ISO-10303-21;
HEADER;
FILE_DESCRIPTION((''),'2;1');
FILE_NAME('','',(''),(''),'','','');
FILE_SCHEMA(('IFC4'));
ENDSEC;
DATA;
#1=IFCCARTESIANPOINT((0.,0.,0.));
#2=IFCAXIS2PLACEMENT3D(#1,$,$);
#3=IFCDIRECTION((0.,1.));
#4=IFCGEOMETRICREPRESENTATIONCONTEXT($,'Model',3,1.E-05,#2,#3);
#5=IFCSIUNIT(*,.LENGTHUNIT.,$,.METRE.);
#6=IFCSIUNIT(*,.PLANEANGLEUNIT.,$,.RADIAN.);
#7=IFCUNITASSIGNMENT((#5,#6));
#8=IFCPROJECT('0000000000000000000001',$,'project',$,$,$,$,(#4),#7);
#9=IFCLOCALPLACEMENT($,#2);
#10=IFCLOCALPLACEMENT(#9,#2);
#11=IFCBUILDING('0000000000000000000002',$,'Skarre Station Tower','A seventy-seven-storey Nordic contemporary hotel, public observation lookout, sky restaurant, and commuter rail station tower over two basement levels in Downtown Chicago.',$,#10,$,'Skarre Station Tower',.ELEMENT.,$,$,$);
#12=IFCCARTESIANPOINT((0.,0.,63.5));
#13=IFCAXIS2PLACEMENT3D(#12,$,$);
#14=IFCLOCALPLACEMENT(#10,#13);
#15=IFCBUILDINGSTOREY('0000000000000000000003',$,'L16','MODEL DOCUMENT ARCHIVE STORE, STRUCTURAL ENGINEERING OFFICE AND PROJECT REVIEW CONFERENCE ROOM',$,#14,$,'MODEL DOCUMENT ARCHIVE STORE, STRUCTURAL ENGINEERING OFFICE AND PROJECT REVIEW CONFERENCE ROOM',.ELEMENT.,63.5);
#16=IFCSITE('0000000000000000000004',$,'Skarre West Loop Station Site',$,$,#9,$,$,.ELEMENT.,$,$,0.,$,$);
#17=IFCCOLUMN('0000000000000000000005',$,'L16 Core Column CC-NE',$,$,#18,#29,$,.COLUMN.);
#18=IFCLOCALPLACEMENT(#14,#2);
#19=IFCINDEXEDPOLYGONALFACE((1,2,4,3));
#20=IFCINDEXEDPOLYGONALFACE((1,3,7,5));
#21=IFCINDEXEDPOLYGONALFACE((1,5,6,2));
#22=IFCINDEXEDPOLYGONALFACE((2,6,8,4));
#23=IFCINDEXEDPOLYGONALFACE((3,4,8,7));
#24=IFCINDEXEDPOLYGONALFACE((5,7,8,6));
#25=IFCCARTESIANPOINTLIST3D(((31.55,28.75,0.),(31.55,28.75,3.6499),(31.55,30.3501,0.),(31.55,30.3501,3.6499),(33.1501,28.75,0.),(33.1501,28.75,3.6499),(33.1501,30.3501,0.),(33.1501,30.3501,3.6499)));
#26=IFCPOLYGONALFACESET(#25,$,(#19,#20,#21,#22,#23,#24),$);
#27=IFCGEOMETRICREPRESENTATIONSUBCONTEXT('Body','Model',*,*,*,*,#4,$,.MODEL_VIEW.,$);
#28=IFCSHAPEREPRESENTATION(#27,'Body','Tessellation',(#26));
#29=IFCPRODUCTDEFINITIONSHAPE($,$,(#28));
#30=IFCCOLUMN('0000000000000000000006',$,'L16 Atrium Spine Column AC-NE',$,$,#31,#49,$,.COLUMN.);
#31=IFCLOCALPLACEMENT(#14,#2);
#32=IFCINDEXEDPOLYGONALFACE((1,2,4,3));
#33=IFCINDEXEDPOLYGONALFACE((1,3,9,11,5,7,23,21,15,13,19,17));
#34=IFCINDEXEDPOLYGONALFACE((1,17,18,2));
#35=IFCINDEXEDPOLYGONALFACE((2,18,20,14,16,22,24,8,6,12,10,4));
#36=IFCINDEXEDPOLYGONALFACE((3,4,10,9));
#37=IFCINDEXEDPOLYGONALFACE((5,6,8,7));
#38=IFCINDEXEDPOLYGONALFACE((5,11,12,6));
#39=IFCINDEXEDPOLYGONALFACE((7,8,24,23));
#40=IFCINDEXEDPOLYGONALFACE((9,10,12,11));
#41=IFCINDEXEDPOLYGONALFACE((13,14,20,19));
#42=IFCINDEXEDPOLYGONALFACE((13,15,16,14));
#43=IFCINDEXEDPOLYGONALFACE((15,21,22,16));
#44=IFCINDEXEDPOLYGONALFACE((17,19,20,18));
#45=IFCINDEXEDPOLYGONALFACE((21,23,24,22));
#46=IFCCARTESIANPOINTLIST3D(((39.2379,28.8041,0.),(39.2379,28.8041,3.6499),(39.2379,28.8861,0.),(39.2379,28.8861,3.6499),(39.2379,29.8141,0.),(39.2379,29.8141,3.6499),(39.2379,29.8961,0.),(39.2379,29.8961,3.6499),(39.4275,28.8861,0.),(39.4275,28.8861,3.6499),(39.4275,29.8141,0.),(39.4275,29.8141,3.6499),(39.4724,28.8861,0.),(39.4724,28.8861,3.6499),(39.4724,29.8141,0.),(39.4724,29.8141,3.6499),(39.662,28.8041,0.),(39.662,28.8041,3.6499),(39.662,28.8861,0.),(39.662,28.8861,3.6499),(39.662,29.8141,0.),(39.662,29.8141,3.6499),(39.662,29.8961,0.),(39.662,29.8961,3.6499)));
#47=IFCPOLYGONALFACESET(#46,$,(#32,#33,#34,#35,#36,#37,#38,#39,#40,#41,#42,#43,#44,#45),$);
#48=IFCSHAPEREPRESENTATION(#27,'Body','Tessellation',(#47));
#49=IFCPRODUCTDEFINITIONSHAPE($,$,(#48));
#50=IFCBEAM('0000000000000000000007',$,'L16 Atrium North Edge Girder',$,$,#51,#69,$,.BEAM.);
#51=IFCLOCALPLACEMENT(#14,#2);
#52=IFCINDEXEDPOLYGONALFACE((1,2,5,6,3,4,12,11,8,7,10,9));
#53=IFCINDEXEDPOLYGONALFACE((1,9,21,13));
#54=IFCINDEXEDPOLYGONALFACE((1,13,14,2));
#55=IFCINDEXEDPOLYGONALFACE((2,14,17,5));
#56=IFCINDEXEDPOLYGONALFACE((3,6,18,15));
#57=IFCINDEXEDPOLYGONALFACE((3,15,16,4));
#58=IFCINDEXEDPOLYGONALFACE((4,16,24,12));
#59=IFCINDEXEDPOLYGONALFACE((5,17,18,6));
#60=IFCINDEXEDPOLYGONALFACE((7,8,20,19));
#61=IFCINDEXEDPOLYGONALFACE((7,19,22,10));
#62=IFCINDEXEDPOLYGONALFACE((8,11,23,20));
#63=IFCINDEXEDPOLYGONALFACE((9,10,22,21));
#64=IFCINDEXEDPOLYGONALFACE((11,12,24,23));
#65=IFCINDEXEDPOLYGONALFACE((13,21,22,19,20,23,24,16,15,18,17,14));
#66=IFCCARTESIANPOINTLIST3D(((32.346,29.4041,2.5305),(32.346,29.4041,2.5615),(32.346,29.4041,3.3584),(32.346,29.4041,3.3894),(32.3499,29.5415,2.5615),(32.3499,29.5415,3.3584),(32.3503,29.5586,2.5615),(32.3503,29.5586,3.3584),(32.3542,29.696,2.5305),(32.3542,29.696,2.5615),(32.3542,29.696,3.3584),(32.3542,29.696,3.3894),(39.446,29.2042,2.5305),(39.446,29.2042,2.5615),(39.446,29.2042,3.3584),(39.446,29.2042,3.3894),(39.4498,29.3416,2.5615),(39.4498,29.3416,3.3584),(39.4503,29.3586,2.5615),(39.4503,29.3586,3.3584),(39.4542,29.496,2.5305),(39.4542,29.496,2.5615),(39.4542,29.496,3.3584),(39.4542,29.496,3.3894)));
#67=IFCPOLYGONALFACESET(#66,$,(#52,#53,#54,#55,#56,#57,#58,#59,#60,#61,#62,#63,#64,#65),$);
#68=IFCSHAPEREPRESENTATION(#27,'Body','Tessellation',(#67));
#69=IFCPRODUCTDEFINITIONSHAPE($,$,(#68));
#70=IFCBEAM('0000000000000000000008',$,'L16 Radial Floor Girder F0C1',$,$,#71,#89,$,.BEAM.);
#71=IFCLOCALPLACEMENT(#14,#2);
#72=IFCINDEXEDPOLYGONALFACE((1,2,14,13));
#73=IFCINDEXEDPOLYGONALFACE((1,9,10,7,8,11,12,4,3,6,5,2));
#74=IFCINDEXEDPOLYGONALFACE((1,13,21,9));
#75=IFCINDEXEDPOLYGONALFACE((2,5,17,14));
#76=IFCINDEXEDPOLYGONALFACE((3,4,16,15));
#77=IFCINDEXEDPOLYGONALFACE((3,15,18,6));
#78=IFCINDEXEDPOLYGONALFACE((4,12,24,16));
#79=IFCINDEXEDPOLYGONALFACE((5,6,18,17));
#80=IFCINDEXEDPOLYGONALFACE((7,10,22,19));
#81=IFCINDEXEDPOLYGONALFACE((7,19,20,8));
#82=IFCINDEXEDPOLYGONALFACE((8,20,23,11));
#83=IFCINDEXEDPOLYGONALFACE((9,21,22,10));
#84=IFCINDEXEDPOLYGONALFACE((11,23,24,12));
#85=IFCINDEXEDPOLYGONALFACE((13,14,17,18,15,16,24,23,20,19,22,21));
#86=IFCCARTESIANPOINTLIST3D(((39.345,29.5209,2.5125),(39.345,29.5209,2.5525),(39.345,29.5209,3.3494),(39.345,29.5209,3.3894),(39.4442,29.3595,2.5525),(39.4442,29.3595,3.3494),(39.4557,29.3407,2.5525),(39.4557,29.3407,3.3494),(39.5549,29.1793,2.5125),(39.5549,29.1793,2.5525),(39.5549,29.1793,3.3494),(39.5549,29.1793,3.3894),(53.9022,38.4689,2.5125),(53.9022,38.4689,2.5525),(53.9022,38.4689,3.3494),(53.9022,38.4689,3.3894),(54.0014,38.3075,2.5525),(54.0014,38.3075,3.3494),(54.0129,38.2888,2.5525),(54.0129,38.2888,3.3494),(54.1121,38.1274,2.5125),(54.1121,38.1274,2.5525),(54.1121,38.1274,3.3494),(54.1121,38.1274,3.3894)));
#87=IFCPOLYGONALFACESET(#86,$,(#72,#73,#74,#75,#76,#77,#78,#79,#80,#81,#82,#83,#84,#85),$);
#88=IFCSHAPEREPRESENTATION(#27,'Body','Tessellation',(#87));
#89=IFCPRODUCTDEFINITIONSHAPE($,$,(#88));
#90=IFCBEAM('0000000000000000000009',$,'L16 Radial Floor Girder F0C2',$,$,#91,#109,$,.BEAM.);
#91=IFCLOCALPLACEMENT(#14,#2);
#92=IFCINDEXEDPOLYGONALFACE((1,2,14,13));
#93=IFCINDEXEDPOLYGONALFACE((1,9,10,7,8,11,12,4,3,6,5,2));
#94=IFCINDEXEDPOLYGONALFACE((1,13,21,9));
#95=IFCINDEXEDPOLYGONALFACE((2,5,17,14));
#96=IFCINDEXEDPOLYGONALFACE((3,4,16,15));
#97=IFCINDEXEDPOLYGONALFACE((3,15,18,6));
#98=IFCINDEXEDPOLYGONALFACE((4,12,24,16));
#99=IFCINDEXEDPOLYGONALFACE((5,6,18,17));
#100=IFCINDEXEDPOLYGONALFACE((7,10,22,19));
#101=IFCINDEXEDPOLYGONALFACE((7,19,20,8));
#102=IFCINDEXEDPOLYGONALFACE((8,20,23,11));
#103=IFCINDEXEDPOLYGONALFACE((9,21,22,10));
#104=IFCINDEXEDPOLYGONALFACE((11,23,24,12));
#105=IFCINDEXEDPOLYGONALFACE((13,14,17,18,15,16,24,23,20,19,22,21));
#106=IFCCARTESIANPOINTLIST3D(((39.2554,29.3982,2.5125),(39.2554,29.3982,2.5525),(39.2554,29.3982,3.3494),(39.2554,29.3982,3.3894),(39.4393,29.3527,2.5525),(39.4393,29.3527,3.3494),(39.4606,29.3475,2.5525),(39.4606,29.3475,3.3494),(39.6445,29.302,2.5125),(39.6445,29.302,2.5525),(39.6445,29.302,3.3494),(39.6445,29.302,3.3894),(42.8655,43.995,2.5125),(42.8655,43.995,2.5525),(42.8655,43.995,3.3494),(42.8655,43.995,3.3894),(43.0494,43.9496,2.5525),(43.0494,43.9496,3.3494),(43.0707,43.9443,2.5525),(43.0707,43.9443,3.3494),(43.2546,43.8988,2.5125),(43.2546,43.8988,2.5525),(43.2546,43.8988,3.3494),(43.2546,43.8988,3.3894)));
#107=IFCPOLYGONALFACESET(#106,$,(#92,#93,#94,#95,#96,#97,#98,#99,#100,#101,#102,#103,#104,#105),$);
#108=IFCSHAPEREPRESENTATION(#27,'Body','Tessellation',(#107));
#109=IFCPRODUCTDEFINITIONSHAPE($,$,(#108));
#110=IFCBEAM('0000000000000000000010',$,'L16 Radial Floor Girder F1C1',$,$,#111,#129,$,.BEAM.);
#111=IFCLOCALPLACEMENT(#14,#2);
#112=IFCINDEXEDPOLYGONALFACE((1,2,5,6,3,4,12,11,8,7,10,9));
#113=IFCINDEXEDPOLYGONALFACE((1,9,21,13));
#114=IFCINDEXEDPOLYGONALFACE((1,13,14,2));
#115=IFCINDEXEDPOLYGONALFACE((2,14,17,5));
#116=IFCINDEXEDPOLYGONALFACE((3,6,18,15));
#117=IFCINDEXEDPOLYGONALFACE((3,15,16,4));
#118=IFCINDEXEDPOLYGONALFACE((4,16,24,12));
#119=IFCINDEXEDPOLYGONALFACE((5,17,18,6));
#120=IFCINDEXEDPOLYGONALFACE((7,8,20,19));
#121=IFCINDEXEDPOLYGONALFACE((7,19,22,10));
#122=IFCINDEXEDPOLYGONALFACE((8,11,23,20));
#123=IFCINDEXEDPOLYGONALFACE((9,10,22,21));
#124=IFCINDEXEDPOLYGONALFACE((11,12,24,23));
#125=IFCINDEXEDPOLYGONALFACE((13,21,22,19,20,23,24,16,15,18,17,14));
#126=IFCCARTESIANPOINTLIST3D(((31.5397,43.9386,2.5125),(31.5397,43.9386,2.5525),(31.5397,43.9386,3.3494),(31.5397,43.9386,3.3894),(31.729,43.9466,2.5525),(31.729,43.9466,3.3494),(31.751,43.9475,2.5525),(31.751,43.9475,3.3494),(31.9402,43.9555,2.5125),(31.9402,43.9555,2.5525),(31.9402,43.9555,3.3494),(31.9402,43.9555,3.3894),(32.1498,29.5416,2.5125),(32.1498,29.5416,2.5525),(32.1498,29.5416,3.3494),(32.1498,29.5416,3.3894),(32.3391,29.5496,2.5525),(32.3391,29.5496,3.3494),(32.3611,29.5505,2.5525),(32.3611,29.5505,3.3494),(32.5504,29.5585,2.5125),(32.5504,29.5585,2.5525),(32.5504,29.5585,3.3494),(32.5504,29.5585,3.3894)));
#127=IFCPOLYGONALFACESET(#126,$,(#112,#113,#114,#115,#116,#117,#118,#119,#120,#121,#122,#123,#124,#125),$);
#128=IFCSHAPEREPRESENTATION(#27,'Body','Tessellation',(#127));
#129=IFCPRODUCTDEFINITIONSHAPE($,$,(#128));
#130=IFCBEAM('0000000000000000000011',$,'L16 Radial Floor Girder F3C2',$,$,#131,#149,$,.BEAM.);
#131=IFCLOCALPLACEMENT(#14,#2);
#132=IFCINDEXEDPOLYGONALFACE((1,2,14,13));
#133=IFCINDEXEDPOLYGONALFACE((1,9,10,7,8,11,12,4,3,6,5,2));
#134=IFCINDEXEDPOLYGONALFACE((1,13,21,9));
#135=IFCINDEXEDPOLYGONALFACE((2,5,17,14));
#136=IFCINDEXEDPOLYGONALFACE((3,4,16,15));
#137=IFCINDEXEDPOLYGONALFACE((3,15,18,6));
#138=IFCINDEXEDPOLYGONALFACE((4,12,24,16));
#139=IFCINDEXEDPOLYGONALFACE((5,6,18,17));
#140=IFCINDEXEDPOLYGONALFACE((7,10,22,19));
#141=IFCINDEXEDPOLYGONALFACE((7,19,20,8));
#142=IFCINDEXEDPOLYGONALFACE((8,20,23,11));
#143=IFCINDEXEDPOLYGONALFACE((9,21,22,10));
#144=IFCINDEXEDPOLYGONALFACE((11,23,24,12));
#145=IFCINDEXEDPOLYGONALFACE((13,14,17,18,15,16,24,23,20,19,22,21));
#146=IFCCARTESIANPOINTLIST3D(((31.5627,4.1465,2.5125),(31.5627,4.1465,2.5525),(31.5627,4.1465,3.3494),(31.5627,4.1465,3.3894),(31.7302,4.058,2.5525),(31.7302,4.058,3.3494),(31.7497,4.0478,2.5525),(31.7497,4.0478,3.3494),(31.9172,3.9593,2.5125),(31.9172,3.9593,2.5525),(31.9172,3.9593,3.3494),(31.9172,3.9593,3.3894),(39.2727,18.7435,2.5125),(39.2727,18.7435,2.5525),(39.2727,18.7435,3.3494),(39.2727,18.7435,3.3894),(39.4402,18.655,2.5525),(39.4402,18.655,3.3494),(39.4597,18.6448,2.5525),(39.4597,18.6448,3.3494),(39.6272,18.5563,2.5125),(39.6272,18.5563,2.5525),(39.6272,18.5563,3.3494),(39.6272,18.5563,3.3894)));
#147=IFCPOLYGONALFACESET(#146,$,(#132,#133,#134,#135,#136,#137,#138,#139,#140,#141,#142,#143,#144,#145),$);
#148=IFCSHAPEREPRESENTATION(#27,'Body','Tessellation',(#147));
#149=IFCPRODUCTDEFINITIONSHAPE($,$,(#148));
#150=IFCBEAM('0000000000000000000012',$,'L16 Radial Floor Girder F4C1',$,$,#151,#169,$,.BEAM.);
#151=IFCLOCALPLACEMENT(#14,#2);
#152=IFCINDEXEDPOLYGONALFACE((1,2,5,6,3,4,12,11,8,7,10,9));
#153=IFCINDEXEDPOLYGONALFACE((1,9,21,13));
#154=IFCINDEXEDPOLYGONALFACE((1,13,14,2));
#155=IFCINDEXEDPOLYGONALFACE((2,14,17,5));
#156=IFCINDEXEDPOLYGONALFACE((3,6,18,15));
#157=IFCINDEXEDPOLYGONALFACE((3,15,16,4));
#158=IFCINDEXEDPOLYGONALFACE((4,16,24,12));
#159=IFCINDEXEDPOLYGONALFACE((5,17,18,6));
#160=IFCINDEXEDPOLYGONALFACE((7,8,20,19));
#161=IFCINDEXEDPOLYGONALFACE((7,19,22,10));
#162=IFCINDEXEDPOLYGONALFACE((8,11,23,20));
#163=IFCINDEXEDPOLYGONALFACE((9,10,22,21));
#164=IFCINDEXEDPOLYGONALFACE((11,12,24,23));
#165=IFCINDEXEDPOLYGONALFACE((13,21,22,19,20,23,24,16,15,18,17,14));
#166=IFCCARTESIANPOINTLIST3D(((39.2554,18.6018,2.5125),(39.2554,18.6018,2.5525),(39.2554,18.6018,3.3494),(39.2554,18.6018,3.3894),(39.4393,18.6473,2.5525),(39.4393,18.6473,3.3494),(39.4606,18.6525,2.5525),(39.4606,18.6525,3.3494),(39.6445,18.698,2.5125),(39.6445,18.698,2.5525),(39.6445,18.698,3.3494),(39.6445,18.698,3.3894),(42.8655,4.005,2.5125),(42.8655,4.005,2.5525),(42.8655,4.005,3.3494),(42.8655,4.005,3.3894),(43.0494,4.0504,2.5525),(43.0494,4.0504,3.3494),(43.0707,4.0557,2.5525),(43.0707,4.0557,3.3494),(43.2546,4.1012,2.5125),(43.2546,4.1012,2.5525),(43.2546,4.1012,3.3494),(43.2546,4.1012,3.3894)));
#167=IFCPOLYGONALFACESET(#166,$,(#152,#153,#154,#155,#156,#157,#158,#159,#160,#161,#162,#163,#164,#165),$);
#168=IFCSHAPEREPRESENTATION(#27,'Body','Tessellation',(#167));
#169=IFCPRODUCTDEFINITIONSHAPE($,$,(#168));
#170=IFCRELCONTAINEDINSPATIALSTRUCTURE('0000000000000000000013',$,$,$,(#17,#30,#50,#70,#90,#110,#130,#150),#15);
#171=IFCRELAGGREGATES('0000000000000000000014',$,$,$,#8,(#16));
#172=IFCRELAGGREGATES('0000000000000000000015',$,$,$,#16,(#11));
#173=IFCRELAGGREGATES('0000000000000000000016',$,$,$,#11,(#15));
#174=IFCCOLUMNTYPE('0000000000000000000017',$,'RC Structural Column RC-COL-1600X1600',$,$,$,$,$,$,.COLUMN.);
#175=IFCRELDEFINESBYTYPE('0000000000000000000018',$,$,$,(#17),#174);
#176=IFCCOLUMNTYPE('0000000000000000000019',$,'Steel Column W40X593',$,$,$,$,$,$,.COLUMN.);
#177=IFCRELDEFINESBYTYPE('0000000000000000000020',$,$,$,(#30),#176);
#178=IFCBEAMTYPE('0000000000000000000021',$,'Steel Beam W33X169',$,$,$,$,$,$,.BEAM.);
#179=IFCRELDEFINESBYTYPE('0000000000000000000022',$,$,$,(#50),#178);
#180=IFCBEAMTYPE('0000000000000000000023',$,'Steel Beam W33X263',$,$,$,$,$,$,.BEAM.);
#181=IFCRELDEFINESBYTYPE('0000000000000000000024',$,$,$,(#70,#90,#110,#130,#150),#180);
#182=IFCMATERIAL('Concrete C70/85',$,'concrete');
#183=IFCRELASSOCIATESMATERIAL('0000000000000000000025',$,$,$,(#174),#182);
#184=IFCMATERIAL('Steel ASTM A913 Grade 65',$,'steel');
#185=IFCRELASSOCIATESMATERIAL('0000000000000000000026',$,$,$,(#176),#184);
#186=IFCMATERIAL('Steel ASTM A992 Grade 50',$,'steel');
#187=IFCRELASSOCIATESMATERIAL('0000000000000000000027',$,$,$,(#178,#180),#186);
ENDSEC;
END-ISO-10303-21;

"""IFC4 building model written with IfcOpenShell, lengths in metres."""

from ifc_helpers import new_model, si_unit, direction, frame, origin, origin_2d, place, context, subcontext, project, spatial, rectangle, i_section, extrude, material, material_profile, profile_set, type_object, element, save


model = new_model("IFC4")

# Units and contexts
model_context = context("Model", 3, precision=1e-05, world=origin(), true_north=direction((0.0, 1.0)))
body_context = subcontext(model_context, "Body", "Model", "MODEL_VIEW")
ifc_project = project(units=[si_unit("LENGTHUNIT", "METRE"), si_unit("PLANEANGLEUNIT", "RADIAN")], contexts=[model_context])

# Site, building, storey
site_placement = place(None, origin())
site = spatial("IfcSite", under=ifc_project, at=site_placement, Name="Skarre West Loop Station Site", CompositionType="ELEMENT", RefElevation=0.0)
building_placement = place(site_placement, origin())
building = spatial("IfcBuilding", under=site, at=building_placement, Name="Skarre Station Tower", Description="A seventy-seven-storey Nordic contemporary hotel, public observation lookout, sky restaurant, and commuter rail station tower over two basement levels in Downtown Chicago.", LongName="Skarre Station Tower", CompositionType="ELEMENT")
storey_placement = place(building_placement, frame((0.0, 0.0, 63.5)))
storey = spatial("IfcBuildingStorey", under=building, at=storey_placement, Name="L16", Description="MODEL DOCUMENT ARCHIVE STORE, STRUCTURAL ENGINEERING OFFICE AND PROJECT REVIEW CONFERENCE ROOM", LongName="MODEL DOCUMENT ARCHIVE STORE, STRUCTURAL ENGINEERING OFFICE AND PROJECT REVIEW CONFERENCE ROOM", CompositionType="ELEMENT", Elevation=63.5)

# Columns
ifc_material_1 = material(Name="Concrete C70/85", Category="concrete")
ifc_material_profile_1 = material_profile(ifc_material_1, rectangle(XDim=1.6001, YDim=1.6001, at=origin_2d()), Name="Concrete C70/85")
ifc_profile_set_1 = profile_set([ifc_material_profile_1], Name="Concrete C70/85")
column_type_1 = type_object("IfcColumnType", Name="RC Structural Column RC-COL-1600X1600", PredefinedType="COLUMN", material=ifc_profile_set_1)
column_1_placement = place(storey_placement, frame((32.3501, 29.55, 0.0), z_axis=(0.0, 0.0, 1.0), x_axis=(1.0, 0.0, 0.0)))
element("IfcColumn", 1, at=column_1_placement, inside=storey, type_object=column_type_1, Name="L16 Core Column CC-NE", PredefinedType="COLUMN", context=body_context, shape_type="SweptSolid", body=[
    extrude(rectangle(XDim=1.6001, YDim=1.6001, at=origin_2d()), origin(), (0.0, 0.0, 1.0), 3.6499),
])
ifc_material_2 = material(Name="Steel ASTM A913 Grade 65", Category="steel")
ifc_material_profile_2 = material_profile(ifc_material_2, i_section(OverallWidth=0.4241, OverallDepth=1.092, WebThickness=0.0449, FlangeThickness=0.082, at=origin_2d()), Name="Steel ASTM A913 Grade 65")
ifc_profile_set_2 = profile_set([ifc_material_profile_2], Name="Steel ASTM A913 Grade 65")
column_type_2 = type_object("IfcColumnType", Name="Steel Column W40X593", PredefinedType="COLUMN", material=ifc_profile_set_2)
column_2_placement = place(storey_placement, frame((39.45, 29.3501, 0.0), z_axis=(0.0, 0.0, 1.0), x_axis=(1.0, 0.0, 0.0)))
element("IfcColumn", 2, at=column_2_placement, inside=storey, type_object=column_type_2, Name="L16 Atrium Spine Column AC-NE", PredefinedType="COLUMN", context=body_context, shape_type="SweptSolid", body=[
    extrude(i_section(OverallWidth=0.4241, OverallDepth=1.092, WebThickness=0.0449, FlangeThickness=0.082, at=origin_2d()), origin(), (0.0, 0.0, 1.0), 3.6499),
])

# Beams
ifc_material_3 = material(Name="Steel ASTM A992 Grade 50", Category="steel")
ifc_material_profile_3 = material_profile(ifc_material_3, i_section(OverallWidth=0.292, OverallDepth=0.8589, WebThickness=0.0171, FlangeThickness=0.031, at=origin_2d()), Name="Steel ASTM A992 Grade 50")
ifc_profile_set_3 = profile_set([ifc_material_profile_3], Name="Steel ASTM A992 Grade 50")
beam_type_1 = type_object("IfcBeamType", Name="Steel Beam W33X169", PredefinedType="BEAM", material=ifc_profile_set_3)
beam_1_placement = place(storey_placement, frame((32.3501, 29.55, 2.96), z_axis=(0.999604, -0.028152, 0.0), x_axis=(0.028152, 0.999604, 0.0)))
element("IfcBeam", 3, at=beam_1_placement, inside=storey, type_object=beam_type_1, Name="L16 Atrium North Edge Girder", PredefinedType="BEAM", context=body_context, shape_type="SweptSolid", body=[
    extrude(i_section(OverallWidth=0.292, OverallDepth=0.8589, WebThickness=0.0171, FlangeThickness=0.031, at=origin_2d()), origin(), (0.0, 0.0, 1.0), 7.1028),
])
ifc_material_profile_4 = material_profile(ifc_material_3, i_section(OverallWidth=0.4009, OverallDepth=0.877, WebThickness=0.022, FlangeThickness=0.04, at=origin_2d()), Name="Steel ASTM A992 Grade 50")
ifc_profile_set_4 = profile_set([ifc_material_profile_4], Name="Steel ASTM A992 Grade 50")
beam_type_2 = type_object("IfcBeamType", Name="Steel Beam W33X263", PredefinedType="BEAM", material=ifc_profile_set_4)
beam_2_placement = place(storey_placement, frame((39.45, 29.3501, 2.9509), z_axis=(0.851926, 0.523663, 0.0), x_axis=(-0.523663, 0.851926, 0.0)))
element("IfcBeam", 4, at=beam_2_placement, inside=storey, type_object=beam_type_2, Name="L16 Radial Floor Girder F0C1", PredefinedType="BEAM", context=body_context, shape_type="SweptSolid", body=[
    extrude(i_section(OverallWidth=0.4009, OverallDepth=0.877, WebThickness=0.022, FlangeThickness=0.04, at=origin_2d()), origin(), (0.0, 0.0, 1.0), 17.0874),
])
beam_3_placement = place(storey_placement, frame((39.45, 29.3501, 2.9509), z_axis=(0.240086, 0.970752, 0.0), x_axis=(-0.970752, 0.240086, 0.0)))
element("IfcBeam", 5, at=beam_3_placement, inside=storey, type_object=beam_type_2, Name="L16 Radial Floor Girder F0C2", PredefinedType="BEAM", context=body_context, shape_type="SweptSolid", body=[
    extrude(i_section(OverallWidth=0.4009, OverallDepth=0.877, WebThickness=0.022, FlangeThickness=0.04, at=origin_2d()), origin(), (0.0, 0.0, 1.0), 15.0366),
])
beam_4_placement = place(storey_placement, frame((32.3501, 29.55, 2.9509), z_axis=(-0.042339, 0.999103, 0.0), x_axis=(-0.999103, -0.042339, 0.0)))
element("IfcBeam", 6, at=beam_4_placement, inside=storey, type_object=beam_type_2, Name="L16 Radial Floor Girder F1C1", PredefinedType="BEAM", context=body_context, shape_type="SweptSolid", body=[
    extrude(i_section(OverallWidth=0.4009, OverallDepth=0.877, WebThickness=0.022, FlangeThickness=0.04, at=origin_2d()), origin(), (0.0, 0.0, 1.0), 14.4099),
])
beam_5_placement = place(storey_placement, frame((39.45, 18.6499, 2.9509), z_axis=(-0.467044, -0.884234, 0.0), x_axis=(0.884234, -0.467044, 0.0)))
element("IfcBeam", 7, at=beam_5_placement, inside=storey, type_object=beam_type_2, Name="L16 Radial Floor Girder F3C2", PredefinedType="BEAM", context=body_context, shape_type="SweptSolid", body=[
    extrude(i_section(OverallWidth=0.4009, OverallDepth=0.877, WebThickness=0.022, FlangeThickness=0.04, at=origin_2d()), origin(), (0.0, 0.0, 1.0), 16.5081),
])
beam_6_placement = place(storey_placement, frame((39.45, 18.6499, 2.9509), z_axis=(0.240086, -0.970752, 0.0), x_axis=(0.970752, 0.240086, 0.0)))
element("IfcBeam", 8, at=beam_6_placement, inside=storey, type_object=beam_type_2, Name="L16 Radial Floor Girder F4C1", PredefinedType="BEAM", context=body_context, shape_type="SweptSolid", body=[
    extrude(i_section(OverallWidth=0.4009, OverallDepth=0.877, WebThickness=0.022, FlangeThickness=0.04, at=origin_2d()), origin(), (0.0, 0.0, 1.0), 15.0366),
])

save(model, "model.ifc")
